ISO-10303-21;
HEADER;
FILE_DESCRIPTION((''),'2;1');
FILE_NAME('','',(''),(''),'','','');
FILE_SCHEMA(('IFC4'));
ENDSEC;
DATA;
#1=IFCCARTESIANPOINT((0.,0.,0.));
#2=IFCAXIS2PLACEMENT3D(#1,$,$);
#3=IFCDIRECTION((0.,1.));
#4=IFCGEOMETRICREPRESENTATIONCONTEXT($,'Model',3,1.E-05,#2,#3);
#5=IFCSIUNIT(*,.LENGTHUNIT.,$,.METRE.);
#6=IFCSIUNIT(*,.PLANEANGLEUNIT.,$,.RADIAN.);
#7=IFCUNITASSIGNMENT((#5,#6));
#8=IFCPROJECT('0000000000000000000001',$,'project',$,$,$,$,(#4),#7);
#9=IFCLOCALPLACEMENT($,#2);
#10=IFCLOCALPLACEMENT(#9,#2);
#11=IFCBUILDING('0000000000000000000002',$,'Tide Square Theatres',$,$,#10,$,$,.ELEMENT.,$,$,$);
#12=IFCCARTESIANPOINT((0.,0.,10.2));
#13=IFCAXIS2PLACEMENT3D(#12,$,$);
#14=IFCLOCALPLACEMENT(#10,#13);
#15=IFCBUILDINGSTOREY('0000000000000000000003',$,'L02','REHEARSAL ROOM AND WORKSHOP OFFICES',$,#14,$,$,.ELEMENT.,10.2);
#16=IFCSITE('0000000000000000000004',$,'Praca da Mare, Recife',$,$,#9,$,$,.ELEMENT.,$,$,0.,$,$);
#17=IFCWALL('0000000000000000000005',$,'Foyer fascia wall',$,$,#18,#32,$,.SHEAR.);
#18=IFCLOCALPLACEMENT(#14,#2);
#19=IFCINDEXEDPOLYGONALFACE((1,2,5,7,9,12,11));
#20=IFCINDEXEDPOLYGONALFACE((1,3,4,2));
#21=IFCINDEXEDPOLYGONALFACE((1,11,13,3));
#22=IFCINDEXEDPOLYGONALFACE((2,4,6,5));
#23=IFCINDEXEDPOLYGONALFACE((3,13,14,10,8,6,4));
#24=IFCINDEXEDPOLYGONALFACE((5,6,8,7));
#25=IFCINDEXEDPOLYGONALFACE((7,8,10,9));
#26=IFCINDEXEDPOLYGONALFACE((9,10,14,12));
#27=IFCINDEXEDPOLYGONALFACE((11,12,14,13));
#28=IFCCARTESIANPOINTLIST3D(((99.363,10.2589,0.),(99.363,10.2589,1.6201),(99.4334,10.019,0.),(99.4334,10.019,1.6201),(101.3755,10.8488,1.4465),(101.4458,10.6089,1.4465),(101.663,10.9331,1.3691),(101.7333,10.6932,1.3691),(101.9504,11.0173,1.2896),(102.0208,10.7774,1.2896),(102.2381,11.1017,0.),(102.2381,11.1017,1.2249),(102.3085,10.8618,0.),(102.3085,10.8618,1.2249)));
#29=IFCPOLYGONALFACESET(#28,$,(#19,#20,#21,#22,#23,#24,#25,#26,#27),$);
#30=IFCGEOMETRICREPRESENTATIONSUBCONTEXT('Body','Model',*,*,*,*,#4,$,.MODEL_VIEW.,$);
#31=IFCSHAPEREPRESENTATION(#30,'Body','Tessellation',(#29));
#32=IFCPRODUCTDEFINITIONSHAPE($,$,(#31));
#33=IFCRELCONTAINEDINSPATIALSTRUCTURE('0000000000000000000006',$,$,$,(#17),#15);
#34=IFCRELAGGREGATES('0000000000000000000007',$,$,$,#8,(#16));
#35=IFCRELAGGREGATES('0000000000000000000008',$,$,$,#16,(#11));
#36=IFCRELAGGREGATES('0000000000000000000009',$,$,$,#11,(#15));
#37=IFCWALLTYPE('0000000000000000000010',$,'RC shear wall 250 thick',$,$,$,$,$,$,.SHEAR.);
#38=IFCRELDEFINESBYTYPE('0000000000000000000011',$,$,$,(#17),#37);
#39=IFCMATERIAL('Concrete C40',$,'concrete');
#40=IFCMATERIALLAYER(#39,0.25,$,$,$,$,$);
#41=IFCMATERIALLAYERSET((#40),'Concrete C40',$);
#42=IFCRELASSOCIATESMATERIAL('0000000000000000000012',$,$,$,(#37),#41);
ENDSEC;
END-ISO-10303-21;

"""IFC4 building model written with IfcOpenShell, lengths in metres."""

from ifc_helpers import new_model, si_unit, direction, frame, origin, place, context, subcontext, project, spatial, polyline, outline, extrude, material, layer, layer_set, type_object, element, save


model = new_model("IFC4")

# Units and contexts
model_context = context("Model", 3, precision=1e-05, world=origin(), true_north=direction((0.0, 1.0)))
body_context = subcontext(model_context, "Body", "Model", "MODEL_VIEW")
ifc_project = project(units=[si_unit("LENGTHUNIT", "METRE"), si_unit("PLANEANGLEUNIT", "RADIAN")], contexts=[model_context])

# Site, building, storey
site_placement = place(None, origin())
site = spatial("IfcSite", under=ifc_project, at=site_placement, Name="Praca da Mare, Recife", CompositionType="ELEMENT", RefElevation=0.0)
building_placement = place(site_placement, origin())
building = spatial("IfcBuilding", under=site, at=building_placement, Name="Tide Square Theatres", CompositionType="ELEMENT")
storey_placement = place(building_placement, frame((0.0, 0.0, 10.2)))
storey = spatial("IfcBuildingStorey", under=building, at=storey_placement, Name="L02", Description="REHEARSAL ROOM AND WORKSHOP OFFICES", CompositionType="ELEMENT", Elevation=10.2)

# Wall
ifc_material_1 = material(Name="Concrete C40", Category="concrete")
ifc_layer_1 = layer(ifc_material_1, 0.25)
ifc_layer_set_1 = layer_set([ifc_layer_1], Name="Concrete C40")
wall_type_1 = type_object("IfcWallType", Name="RC shear wall 250 thick", PredefinedType="SHEAR", material=ifc_layer_set_1)
wall_1_placement = place(storey_placement, frame((99.3982, 10.1389, 0.0), z_axis=(0.0, 0.0, 1.0), x_axis=(0.959619, 0.281301, 0.0)))
element("IfcWall", 1, at=wall_1_placement, inside=storey, type_object=wall_type_1, Name="Foyer fascia wall", PredefinedType="SHEAR", context=body_context, shape_type="SweptSolid", body=[
    extrude(outline(polyline([(0.0, 0.0), (2.9961, 0.0), (2.9961, 1.2249), (2.6963, 1.2896), (2.3967, 1.3691), (2.0972, 1.4465), (0.0, 1.6201), (0.0, 0.0)])), frame((0.0, 0.125, 0.0), z_axis=(0.0, -1.0, 0.0), x_axis=(1.0, 0.0, 0.0)), (0.0, 0.0, 1.0), 0.25),
])

save(model, "model.ifc")
